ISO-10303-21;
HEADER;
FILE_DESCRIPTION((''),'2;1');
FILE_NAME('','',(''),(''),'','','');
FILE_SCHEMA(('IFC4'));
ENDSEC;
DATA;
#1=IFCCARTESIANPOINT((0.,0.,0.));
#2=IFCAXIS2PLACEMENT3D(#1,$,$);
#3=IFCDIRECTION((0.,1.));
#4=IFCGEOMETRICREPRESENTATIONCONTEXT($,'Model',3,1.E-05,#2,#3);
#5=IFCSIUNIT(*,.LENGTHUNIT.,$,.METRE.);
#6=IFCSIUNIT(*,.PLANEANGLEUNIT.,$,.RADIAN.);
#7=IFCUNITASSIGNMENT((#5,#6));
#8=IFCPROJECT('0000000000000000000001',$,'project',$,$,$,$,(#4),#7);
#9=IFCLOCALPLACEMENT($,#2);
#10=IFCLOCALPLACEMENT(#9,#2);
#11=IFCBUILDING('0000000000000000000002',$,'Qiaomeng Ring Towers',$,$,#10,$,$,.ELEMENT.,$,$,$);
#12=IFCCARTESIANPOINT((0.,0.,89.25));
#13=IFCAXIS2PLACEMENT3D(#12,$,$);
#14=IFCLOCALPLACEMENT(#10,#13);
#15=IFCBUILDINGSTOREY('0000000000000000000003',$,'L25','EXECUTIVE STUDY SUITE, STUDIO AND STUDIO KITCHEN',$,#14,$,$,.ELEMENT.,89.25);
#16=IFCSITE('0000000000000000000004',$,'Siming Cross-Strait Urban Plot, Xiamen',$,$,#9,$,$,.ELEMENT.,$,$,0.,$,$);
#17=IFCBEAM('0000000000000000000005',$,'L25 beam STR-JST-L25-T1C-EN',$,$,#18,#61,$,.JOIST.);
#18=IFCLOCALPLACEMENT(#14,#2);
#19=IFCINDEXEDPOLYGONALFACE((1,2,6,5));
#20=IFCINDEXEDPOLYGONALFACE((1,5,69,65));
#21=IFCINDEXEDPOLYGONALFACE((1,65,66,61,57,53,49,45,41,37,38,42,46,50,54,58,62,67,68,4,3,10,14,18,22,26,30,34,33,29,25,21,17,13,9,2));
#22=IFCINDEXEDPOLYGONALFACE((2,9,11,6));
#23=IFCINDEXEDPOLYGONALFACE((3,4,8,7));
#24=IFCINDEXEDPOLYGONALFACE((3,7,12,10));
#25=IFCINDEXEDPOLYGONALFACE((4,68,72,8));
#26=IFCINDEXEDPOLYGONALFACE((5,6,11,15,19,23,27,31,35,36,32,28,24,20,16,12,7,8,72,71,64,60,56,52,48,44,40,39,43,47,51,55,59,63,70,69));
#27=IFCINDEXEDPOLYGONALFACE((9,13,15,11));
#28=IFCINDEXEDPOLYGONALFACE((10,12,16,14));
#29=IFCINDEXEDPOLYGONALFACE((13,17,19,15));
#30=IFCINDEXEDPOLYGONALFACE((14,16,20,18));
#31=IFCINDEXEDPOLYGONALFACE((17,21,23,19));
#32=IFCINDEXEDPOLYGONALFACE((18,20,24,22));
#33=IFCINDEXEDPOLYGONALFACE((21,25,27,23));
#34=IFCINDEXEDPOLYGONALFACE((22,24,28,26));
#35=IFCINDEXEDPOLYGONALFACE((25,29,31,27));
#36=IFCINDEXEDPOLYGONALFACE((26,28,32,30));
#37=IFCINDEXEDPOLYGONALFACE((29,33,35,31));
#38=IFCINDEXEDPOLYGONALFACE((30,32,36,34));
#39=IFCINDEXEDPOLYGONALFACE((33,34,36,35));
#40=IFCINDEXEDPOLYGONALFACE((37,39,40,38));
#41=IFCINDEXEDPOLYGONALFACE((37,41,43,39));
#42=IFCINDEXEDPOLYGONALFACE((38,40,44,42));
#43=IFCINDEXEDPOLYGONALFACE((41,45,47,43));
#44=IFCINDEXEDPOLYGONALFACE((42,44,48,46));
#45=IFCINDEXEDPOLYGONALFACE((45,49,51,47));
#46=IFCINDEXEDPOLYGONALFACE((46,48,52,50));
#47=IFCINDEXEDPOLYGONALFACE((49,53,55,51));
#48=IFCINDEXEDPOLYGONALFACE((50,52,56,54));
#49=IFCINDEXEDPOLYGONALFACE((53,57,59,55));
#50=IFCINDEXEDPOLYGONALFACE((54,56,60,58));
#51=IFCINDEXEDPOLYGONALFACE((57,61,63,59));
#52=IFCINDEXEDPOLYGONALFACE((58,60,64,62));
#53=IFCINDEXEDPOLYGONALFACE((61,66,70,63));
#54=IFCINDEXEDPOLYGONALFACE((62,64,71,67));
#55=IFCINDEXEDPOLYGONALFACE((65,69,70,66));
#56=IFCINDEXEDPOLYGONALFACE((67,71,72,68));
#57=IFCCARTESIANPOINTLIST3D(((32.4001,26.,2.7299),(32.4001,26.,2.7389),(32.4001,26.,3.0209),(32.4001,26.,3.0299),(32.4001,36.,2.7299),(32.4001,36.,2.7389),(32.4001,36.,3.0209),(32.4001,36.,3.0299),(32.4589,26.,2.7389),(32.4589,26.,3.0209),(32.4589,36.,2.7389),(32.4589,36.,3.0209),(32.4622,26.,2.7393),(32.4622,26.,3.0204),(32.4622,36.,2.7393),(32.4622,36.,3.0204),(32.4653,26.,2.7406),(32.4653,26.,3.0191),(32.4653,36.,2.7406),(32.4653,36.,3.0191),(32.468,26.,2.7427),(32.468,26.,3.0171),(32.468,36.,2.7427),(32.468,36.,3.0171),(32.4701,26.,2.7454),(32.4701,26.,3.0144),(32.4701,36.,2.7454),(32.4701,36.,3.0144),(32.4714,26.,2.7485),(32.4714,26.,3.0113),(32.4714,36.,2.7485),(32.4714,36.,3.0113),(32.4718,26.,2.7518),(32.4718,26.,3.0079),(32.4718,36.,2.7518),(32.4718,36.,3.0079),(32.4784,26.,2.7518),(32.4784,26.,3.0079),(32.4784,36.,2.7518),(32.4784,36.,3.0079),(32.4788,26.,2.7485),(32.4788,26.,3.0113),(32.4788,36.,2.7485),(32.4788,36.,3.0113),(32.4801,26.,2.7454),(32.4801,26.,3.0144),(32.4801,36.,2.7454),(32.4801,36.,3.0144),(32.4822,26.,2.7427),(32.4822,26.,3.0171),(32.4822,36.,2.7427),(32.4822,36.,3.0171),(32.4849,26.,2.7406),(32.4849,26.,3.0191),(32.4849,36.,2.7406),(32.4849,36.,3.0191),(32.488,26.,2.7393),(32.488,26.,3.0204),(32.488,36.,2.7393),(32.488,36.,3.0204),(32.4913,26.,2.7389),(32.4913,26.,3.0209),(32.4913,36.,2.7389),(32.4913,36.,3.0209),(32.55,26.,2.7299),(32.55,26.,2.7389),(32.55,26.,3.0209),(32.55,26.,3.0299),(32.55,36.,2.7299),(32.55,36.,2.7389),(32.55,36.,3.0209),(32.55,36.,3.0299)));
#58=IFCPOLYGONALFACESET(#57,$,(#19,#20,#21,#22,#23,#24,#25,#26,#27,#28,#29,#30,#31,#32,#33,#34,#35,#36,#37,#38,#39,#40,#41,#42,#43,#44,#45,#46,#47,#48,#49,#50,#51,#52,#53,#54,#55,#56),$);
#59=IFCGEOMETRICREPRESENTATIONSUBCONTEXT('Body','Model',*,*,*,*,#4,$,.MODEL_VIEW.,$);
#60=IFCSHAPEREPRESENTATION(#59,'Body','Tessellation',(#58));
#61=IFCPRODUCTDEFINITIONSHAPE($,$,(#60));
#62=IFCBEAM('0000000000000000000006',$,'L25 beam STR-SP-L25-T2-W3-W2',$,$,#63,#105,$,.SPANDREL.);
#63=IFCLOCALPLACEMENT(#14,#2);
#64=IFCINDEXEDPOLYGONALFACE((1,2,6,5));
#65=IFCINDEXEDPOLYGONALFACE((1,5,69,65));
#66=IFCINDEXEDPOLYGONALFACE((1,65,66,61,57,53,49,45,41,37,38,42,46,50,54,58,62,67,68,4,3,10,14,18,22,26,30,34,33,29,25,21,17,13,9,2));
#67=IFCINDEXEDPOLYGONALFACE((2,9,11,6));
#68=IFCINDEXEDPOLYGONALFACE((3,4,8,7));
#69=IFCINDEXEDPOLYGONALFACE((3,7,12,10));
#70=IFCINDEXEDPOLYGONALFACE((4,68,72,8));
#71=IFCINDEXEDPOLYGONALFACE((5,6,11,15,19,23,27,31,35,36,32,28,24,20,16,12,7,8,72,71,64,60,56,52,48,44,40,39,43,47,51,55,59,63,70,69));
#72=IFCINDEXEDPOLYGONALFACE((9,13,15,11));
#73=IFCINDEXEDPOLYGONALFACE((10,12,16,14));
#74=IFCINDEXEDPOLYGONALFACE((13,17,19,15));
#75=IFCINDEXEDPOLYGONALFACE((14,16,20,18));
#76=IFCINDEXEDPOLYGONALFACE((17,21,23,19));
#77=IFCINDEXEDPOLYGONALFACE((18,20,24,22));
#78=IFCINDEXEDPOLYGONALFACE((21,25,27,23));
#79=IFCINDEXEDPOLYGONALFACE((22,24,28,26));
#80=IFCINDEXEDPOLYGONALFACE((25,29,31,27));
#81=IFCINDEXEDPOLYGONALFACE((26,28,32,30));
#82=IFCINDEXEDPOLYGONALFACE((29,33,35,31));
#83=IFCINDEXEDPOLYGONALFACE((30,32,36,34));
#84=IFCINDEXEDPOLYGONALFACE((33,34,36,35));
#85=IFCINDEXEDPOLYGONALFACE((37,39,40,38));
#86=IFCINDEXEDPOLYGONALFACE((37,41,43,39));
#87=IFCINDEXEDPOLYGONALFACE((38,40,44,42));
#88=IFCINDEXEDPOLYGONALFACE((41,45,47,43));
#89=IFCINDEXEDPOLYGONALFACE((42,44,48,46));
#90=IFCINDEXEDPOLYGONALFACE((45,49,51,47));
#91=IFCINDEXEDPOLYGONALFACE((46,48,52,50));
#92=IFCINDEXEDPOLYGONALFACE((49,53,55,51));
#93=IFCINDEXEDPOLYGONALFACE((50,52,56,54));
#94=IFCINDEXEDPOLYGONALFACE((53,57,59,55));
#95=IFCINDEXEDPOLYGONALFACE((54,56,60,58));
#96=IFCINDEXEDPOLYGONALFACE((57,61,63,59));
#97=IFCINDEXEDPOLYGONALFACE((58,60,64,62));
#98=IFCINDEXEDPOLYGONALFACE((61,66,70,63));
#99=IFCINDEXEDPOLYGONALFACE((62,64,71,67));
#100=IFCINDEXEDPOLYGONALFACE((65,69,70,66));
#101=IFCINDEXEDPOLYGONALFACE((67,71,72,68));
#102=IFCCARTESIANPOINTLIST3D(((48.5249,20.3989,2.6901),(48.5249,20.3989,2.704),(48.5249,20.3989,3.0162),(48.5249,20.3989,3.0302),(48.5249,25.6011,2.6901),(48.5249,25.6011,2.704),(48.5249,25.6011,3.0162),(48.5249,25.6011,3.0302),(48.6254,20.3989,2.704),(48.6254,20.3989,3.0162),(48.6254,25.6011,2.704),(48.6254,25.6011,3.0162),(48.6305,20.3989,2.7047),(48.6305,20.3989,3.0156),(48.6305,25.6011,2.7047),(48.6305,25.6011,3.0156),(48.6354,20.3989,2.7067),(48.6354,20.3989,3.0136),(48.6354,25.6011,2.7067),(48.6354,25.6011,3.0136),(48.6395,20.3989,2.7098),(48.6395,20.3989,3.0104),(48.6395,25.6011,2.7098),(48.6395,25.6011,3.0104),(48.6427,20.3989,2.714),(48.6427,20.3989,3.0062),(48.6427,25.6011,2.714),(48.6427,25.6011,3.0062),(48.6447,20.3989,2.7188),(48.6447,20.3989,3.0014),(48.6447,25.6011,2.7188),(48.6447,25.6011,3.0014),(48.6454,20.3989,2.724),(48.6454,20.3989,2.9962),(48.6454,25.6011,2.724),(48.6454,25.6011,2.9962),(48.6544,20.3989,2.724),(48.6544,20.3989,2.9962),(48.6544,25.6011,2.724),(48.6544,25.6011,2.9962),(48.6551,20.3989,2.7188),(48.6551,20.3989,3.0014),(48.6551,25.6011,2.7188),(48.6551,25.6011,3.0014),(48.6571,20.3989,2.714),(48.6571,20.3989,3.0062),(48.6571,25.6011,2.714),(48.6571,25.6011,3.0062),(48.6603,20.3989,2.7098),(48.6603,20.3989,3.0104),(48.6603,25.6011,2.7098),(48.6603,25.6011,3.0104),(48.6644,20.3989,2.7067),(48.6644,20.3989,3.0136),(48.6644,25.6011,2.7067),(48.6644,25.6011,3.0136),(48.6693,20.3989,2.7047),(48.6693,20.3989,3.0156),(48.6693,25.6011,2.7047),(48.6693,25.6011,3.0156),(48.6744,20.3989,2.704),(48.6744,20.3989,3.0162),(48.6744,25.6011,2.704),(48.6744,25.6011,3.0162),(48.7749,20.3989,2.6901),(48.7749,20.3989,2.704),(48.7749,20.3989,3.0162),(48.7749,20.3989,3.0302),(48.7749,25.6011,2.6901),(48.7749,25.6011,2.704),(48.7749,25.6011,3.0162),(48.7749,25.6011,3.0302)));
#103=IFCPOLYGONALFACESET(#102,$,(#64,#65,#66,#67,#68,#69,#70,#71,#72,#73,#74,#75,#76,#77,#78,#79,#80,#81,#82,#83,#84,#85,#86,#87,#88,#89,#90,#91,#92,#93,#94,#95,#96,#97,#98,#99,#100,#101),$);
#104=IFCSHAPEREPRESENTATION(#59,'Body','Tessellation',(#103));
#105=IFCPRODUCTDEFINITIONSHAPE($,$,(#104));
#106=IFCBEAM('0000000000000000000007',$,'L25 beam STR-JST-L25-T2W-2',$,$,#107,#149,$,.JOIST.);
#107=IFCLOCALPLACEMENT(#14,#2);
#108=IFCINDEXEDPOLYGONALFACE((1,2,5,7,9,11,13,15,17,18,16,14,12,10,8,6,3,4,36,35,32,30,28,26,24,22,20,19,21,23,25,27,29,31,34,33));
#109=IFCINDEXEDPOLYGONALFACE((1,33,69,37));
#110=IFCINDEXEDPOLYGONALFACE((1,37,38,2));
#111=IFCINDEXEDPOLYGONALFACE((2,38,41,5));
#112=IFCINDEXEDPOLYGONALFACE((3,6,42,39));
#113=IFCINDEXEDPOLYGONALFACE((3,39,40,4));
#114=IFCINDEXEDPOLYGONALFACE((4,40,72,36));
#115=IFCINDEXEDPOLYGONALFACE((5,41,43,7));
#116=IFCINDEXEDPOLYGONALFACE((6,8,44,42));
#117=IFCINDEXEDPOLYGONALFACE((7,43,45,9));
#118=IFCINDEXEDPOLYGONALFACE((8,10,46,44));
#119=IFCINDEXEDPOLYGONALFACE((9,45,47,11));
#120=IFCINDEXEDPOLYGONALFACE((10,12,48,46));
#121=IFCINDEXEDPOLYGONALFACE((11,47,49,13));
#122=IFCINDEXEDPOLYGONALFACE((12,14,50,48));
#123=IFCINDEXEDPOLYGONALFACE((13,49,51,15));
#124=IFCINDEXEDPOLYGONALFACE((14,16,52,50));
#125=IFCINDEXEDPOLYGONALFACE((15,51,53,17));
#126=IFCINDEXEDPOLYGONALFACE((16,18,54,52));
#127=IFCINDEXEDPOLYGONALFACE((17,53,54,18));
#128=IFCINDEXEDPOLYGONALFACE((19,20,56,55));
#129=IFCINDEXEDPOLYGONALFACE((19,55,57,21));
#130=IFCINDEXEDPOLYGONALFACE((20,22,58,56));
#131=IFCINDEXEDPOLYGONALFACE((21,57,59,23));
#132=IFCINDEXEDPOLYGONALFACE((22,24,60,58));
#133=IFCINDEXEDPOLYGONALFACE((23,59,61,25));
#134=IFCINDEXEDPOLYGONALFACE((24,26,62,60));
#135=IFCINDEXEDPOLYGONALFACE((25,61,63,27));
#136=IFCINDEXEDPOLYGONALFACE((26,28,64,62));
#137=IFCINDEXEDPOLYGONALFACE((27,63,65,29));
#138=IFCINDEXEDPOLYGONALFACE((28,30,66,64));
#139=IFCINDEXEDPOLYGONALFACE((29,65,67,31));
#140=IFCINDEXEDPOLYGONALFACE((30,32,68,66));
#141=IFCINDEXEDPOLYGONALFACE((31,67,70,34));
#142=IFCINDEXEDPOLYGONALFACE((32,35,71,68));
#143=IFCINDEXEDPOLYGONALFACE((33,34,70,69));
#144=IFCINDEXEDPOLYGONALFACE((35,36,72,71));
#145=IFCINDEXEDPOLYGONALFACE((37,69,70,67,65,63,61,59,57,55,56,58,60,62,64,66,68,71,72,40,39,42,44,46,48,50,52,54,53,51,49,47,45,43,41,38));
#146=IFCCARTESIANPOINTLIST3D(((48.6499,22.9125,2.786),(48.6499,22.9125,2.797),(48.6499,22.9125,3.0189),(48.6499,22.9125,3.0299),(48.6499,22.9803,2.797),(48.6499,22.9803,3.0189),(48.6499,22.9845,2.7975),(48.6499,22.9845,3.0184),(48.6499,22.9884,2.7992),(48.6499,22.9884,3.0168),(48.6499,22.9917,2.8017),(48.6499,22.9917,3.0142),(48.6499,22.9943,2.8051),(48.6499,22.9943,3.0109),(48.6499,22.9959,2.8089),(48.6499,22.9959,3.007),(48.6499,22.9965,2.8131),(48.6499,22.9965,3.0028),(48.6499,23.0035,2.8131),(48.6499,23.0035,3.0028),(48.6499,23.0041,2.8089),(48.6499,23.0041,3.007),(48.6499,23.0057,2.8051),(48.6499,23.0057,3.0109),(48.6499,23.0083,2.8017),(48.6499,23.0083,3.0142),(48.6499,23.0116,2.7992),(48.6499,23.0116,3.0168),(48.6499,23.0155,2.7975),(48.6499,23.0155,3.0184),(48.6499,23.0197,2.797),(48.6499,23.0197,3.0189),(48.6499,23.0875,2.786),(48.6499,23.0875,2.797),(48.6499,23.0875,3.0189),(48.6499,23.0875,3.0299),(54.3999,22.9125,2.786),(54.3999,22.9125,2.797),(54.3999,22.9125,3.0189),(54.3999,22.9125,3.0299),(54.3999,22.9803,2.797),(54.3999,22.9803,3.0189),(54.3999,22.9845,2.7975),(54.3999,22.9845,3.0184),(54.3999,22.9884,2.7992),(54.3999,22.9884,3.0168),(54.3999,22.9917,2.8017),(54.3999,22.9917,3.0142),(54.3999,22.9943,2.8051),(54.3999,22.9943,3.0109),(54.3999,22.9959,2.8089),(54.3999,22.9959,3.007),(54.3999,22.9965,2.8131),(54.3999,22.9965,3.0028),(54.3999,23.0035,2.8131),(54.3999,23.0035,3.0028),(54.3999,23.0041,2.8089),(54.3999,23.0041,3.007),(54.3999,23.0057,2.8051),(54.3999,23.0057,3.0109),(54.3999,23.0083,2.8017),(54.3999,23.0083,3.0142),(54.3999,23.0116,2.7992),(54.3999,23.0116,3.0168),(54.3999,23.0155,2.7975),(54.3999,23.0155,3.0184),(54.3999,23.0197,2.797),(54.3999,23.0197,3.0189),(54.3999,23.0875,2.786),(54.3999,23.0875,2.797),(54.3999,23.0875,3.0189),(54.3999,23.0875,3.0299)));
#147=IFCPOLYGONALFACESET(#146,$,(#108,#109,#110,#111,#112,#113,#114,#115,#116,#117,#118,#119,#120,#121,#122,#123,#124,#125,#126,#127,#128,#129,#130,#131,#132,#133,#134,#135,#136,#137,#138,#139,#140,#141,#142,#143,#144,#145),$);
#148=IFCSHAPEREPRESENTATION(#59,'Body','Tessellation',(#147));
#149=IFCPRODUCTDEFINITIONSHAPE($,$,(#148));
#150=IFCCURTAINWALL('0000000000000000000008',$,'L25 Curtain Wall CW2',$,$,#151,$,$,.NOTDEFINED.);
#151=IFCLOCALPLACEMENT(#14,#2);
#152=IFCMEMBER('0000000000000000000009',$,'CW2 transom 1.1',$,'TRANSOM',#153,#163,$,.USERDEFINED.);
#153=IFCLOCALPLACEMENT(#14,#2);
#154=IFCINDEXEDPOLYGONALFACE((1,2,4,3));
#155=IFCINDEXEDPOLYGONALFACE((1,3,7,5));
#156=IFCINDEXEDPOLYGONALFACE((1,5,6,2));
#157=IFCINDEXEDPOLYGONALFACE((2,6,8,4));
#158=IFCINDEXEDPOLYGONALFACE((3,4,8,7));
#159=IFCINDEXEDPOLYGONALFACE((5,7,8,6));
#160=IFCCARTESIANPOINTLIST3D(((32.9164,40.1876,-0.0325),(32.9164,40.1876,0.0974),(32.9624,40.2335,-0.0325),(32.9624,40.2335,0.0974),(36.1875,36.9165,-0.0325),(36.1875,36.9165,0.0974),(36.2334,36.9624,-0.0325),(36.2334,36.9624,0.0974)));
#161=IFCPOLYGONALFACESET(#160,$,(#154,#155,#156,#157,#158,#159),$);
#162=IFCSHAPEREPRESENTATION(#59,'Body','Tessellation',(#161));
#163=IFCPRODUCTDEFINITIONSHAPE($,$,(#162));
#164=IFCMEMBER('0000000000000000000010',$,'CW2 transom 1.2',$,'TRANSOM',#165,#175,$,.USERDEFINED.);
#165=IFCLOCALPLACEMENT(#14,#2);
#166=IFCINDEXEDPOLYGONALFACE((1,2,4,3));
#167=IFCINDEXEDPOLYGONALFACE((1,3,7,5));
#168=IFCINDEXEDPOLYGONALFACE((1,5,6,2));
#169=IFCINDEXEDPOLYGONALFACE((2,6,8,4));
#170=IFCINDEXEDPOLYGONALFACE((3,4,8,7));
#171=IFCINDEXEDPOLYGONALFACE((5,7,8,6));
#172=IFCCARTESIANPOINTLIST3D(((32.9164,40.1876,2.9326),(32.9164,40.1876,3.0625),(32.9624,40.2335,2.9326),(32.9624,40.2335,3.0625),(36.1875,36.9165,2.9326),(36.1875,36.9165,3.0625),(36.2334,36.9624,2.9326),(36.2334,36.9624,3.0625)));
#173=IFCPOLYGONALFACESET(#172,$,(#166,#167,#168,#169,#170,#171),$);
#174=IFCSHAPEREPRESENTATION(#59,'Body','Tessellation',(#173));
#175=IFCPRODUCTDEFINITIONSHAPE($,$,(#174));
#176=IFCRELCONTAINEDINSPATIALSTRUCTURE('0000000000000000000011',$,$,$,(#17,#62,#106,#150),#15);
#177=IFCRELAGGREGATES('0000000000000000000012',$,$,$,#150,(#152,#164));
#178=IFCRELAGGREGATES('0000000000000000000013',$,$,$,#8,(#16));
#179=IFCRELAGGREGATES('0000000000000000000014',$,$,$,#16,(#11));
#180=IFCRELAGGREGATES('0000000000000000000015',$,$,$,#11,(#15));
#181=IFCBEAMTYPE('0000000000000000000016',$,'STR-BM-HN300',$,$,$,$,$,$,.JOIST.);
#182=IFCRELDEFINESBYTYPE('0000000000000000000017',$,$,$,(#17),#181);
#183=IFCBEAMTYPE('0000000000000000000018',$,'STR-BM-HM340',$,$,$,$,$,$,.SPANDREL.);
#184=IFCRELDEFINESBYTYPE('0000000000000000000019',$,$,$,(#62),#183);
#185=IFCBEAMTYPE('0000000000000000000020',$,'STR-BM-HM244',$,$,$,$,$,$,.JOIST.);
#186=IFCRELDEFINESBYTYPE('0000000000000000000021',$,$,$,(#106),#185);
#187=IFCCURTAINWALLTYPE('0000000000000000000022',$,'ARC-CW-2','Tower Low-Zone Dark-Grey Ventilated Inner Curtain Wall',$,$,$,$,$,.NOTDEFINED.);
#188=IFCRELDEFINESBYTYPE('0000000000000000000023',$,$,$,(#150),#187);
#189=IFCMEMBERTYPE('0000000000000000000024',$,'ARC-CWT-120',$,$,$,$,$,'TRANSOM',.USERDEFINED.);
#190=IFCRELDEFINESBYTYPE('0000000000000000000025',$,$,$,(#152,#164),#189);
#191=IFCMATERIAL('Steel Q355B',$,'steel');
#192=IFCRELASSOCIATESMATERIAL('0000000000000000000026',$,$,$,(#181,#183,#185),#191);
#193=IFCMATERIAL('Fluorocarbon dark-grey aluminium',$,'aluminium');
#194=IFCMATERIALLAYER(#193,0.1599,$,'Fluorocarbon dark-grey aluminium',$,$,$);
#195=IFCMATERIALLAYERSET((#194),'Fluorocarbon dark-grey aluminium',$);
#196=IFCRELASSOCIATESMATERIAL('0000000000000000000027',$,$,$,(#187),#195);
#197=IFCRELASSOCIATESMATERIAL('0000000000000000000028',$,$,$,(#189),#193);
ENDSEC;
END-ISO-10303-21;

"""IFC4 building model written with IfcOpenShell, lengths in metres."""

from ifc_helpers import new_model, si_unit, direction, frame, origin, origin_2d, place, context, subcontext, project, spatial, rectangle, i_section, extrude, source, transform, mapped, material, layer, layer_set, material_profile, profile_set, type_object, element, aggregate, save


model = new_model("IFC4")

# Units and contexts
model_context = context("Model", 3, precision=1e-05, world=origin(), true_north=direction((0.0, 1.0)))
body_context = subcontext(model_context, "Body", "Model", "MODEL_VIEW")
ifc_project = project(units=[si_unit("LENGTHUNIT", "METRE"), si_unit("PLANEANGLEUNIT", "RADIAN")], contexts=[model_context])

# Site, building, storey
site_placement = place(None, origin())
site = spatial("IfcSite", under=ifc_project, at=site_placement, Name="Siming Cross-Strait Urban Plot, Xiamen", CompositionType="ELEMENT", RefElevation=0.0)
building_placement = place(site_placement, origin())
building = spatial("IfcBuilding", under=site, at=building_placement, Name="Qiaomeng Ring Towers", CompositionType="ELEMENT")
storey_placement = place(building_placement, frame((0.0, 0.0, 89.25)))
storey = spatial("IfcBuildingStorey", under=building, at=storey_placement, Name="L25", Description="EXECUTIVE STUDY SUITE, STUDIO AND STUDIO KITCHEN", CompositionType="ELEMENT", Elevation=89.25)

# Beams
ifc_material_1 = material(Name="Steel Q355B", Category="steel")
ifc_material_profile_1 = material_profile(ifc_material_1, i_section(OverallWidth=0.1499, OverallDepth=0.3, WebThickness=0.0066, FlangeThickness=0.009, FilletRadius=0.0129, at=origin_2d()), Name="HN 300x150x6.5x9")
ifc_profile_set_1 = profile_set([ifc_material_profile_1], Name="Steel Q355B")
beam_type_1 = type_object("IfcBeamType", Name="STR-BM-HN300", PredefinedType="JOIST", material=ifc_profile_set_1)
shared_shape_1 = source(origin(), body_context, "Body", "SweptSolid", [
    extrude(i_section(OverallWidth=0.1499, OverallDepth=0.3, WebThickness=0.0066, FlangeThickness=0.009, FilletRadius=0.0129, at=origin_2d()), origin(), (0.0, 0.0, 1.0), 10.0),
])
beam_1_placement = place(storey_placement, frame((32.4751, 26.0, 2.8799), z_axis=(0.0, 1.0, 0.0), x_axis=(-1.0, 0.0, 0.0)))
element("IfcBeam", 1, at=beam_1_placement, inside=storey, type_object=beam_type_1, Name="L25 beam STR-JST-L25-T1C-EN", PredefinedType="JOIST", context=body_context, shape_type="MappedRepresentation", body=[
    mapped(shared_shape_1, transform((0.0, 0.0, 0.0), x_axis=(1.0, 0.0, 0.0), y_axis=(0.0, 1.0, 0.0), z_axis=(0.0, 0.0, 1.0), scale=1.0)),
])
ifc_material_profile_2 = material_profile(ifc_material_1, i_section(OverallWidth=0.25, OverallDepth=0.3401, WebThickness=0.009, FlangeThickness=0.0139, FilletRadius=0.02, at=origin_2d()), Name="HM 340x250x9x14")
ifc_profile_set_2 = profile_set([ifc_material_profile_2], Name="Steel Q355B")
beam_type_2 = type_object("IfcBeamType", Name="STR-BM-HM340", PredefinedType="SPANDREL", material=ifc_profile_set_2)
shared_shape_2 = source(origin(), body_context, "Body", "SweptSolid", [
    extrude(i_section(OverallWidth=0.25, OverallDepth=0.3401, WebThickness=0.009, FlangeThickness=0.0139, FilletRadius=0.02, at=origin_2d()), origin(), (0.0, 0.0, 1.0), 5.2021),
])
beam_2_placement = place(storey_placement, frame((48.6499, 25.6011, 2.8601), z_axis=(0.0, -1.0, 0.0), x_axis=(1.0, 0.0, 0.0)))
element("IfcBeam", 2, at=beam_2_placement, inside=storey, type_object=beam_type_2, Name="L25 beam STR-SP-L25-T2-W3-W2", PredefinedType="SPANDREL", context=body_context, shape_type="MappedRepresentation", body=[
    mapped(shared_shape_2, transform((0.0, 0.0, 0.0), x_axis=(1.0, 0.0, 0.0), y_axis=(0.0, 1.0, 0.0), z_axis=(0.0, 0.0, 1.0), scale=1.0)),
])
ifc_material_profile_3 = material_profile(ifc_material_1, i_section(OverallWidth=0.175, OverallDepth=0.2439, WebThickness=0.0071, FlangeThickness=0.011, FilletRadius=0.0161, at=origin_2d()), Name="HM 244x175x7x11")
ifc_profile_set_3 = profile_set([ifc_material_profile_3], Name="Steel Q355B")
beam_type_3 = type_object("IfcBeamType", Name="STR-BM-HM244", PredefinedType="JOIST", material=ifc_profile_set_3)
shared_shape_3 = source(origin(), body_context, "Body", "SweptSolid", [
    extrude(i_section(OverallWidth=0.175, OverallDepth=0.2439, WebThickness=0.0071, FlangeThickness=0.011, FilletRadius=0.0161, at=origin_2d()), origin(), (0.0, 0.0, 1.0), 5.75),
])
beam_3_placement = place(storey_placement, frame((48.6499, 23.0, 2.908), z_axis=(1.0, 0.0, 0.0), x_axis=(0.0, 1.0, 0.0)))
element("IfcBeam", 3, at=beam_3_placement, inside=storey, type_object=beam_type_3, Name="L25 beam STR-JST-L25-T2W-2", PredefinedType="JOIST", context=body_context, shape_type="MappedRepresentation", body=[
    mapped(shared_shape_3, transform((0.0, 0.0, 0.0), x_axis=(1.0, 0.0, 0.0), y_axis=(0.0, 1.0, 0.0), z_axis=(0.0, 0.0, 1.0), scale=1.0)),
])

# Curtain wall, members
ifc_material_2 = material(Name="Fluorocarbon dark-grey aluminium", Category="aluminium")
ifc_layer_1 = layer(ifc_material_2, 0.1599, Name="Fluorocarbon dark-grey aluminium")
ifc_layer_set_1 = layer_set([ifc_layer_1], Name="Fluorocarbon dark-grey aluminium")
curtain_wall_type = type_object("IfcCurtainWallType", Name="ARC-CW-2", Description="Tower Low-Zone Dark-Grey Ventilated Inner Curtain Wall", PredefinedType="NOTDEFINED", material=ifc_layer_set_1)
curtain_wall_placement = place(storey_placement, origin())
curtain_wall = element("IfcCurtainWall", 4, at=curtain_wall_placement, inside=storey, type_object=curtain_wall_type, Name="L25 Curtain Wall CW2", PredefinedType="NOTDEFINED")
ifc_material_profile_4 = material_profile(ifc_material_2, rectangle(XDim=0.0649, YDim=0.1299, at=origin_2d()), Name="ALU TRAN 65x130")
ifc_profile_set_4 = profile_set([ifc_material_profile_4], Name="Fluorocarbon dark-grey aluminium")
member_type_1 = type_object("IfcMemberType", Name="ARC-CWT-120", ElementType="TRANSOM", PredefinedType="USERDEFINED", material=ifc_profile_set_4)
shared_shape_4 = source(origin(), body_context, "Body", "SweptSolid", [
    extrude(rectangle(XDim=0.0649, YDim=0.1299, at=origin_2d()), origin(), (0.0, 0.0, 1.0), 4.626),
])
member_1_placement = place(storey_placement, frame((36.2104, 36.9395, 0.0325), z_axis=(-0.707107, 0.707107, 0.0), x_axis=(-0.707107, -0.707107, 0.0)))
member_1 = element("IfcMember", 5, at=member_1_placement, type_object=member_type_1, Name="CW2 transom 1.1", ObjectType="TRANSOM", PredefinedType="USERDEFINED", context=body_context, shape_type="MappedRepresentation", body=[
    mapped(shared_shape_4, transform((0.0, 0.0, 0.0), x_axis=(1.0, 0.0, 0.0), y_axis=(0.0, 1.0, 0.0), z_axis=(0.0, 0.0, 1.0), scale=1.0)),
])
member_2_placement = place(storey_placement, frame((36.2104, 36.9395, 2.9976), z_axis=(-0.707107, 0.707107, 0.0), x_axis=(-0.707107, -0.707107, 0.0)))
member_2 = element("IfcMember", 6, at=member_2_placement, type_object=member_type_1, Name="CW2 transom 1.2", ObjectType="TRANSOM", PredefinedType="USERDEFINED", context=body_context, shape_type="MappedRepresentation", body=[
    mapped(shared_shape_4, transform((0.0, 0.0, 0.0), x_axis=(1.0, 0.0, 0.0), y_axis=(0.0, 1.0, 0.0), z_axis=(0.0, 0.0, 1.0), scale=1.0)),
])

aggregate(curtain_wall, [member_1, member_2])

save(model, "model.ifc")
